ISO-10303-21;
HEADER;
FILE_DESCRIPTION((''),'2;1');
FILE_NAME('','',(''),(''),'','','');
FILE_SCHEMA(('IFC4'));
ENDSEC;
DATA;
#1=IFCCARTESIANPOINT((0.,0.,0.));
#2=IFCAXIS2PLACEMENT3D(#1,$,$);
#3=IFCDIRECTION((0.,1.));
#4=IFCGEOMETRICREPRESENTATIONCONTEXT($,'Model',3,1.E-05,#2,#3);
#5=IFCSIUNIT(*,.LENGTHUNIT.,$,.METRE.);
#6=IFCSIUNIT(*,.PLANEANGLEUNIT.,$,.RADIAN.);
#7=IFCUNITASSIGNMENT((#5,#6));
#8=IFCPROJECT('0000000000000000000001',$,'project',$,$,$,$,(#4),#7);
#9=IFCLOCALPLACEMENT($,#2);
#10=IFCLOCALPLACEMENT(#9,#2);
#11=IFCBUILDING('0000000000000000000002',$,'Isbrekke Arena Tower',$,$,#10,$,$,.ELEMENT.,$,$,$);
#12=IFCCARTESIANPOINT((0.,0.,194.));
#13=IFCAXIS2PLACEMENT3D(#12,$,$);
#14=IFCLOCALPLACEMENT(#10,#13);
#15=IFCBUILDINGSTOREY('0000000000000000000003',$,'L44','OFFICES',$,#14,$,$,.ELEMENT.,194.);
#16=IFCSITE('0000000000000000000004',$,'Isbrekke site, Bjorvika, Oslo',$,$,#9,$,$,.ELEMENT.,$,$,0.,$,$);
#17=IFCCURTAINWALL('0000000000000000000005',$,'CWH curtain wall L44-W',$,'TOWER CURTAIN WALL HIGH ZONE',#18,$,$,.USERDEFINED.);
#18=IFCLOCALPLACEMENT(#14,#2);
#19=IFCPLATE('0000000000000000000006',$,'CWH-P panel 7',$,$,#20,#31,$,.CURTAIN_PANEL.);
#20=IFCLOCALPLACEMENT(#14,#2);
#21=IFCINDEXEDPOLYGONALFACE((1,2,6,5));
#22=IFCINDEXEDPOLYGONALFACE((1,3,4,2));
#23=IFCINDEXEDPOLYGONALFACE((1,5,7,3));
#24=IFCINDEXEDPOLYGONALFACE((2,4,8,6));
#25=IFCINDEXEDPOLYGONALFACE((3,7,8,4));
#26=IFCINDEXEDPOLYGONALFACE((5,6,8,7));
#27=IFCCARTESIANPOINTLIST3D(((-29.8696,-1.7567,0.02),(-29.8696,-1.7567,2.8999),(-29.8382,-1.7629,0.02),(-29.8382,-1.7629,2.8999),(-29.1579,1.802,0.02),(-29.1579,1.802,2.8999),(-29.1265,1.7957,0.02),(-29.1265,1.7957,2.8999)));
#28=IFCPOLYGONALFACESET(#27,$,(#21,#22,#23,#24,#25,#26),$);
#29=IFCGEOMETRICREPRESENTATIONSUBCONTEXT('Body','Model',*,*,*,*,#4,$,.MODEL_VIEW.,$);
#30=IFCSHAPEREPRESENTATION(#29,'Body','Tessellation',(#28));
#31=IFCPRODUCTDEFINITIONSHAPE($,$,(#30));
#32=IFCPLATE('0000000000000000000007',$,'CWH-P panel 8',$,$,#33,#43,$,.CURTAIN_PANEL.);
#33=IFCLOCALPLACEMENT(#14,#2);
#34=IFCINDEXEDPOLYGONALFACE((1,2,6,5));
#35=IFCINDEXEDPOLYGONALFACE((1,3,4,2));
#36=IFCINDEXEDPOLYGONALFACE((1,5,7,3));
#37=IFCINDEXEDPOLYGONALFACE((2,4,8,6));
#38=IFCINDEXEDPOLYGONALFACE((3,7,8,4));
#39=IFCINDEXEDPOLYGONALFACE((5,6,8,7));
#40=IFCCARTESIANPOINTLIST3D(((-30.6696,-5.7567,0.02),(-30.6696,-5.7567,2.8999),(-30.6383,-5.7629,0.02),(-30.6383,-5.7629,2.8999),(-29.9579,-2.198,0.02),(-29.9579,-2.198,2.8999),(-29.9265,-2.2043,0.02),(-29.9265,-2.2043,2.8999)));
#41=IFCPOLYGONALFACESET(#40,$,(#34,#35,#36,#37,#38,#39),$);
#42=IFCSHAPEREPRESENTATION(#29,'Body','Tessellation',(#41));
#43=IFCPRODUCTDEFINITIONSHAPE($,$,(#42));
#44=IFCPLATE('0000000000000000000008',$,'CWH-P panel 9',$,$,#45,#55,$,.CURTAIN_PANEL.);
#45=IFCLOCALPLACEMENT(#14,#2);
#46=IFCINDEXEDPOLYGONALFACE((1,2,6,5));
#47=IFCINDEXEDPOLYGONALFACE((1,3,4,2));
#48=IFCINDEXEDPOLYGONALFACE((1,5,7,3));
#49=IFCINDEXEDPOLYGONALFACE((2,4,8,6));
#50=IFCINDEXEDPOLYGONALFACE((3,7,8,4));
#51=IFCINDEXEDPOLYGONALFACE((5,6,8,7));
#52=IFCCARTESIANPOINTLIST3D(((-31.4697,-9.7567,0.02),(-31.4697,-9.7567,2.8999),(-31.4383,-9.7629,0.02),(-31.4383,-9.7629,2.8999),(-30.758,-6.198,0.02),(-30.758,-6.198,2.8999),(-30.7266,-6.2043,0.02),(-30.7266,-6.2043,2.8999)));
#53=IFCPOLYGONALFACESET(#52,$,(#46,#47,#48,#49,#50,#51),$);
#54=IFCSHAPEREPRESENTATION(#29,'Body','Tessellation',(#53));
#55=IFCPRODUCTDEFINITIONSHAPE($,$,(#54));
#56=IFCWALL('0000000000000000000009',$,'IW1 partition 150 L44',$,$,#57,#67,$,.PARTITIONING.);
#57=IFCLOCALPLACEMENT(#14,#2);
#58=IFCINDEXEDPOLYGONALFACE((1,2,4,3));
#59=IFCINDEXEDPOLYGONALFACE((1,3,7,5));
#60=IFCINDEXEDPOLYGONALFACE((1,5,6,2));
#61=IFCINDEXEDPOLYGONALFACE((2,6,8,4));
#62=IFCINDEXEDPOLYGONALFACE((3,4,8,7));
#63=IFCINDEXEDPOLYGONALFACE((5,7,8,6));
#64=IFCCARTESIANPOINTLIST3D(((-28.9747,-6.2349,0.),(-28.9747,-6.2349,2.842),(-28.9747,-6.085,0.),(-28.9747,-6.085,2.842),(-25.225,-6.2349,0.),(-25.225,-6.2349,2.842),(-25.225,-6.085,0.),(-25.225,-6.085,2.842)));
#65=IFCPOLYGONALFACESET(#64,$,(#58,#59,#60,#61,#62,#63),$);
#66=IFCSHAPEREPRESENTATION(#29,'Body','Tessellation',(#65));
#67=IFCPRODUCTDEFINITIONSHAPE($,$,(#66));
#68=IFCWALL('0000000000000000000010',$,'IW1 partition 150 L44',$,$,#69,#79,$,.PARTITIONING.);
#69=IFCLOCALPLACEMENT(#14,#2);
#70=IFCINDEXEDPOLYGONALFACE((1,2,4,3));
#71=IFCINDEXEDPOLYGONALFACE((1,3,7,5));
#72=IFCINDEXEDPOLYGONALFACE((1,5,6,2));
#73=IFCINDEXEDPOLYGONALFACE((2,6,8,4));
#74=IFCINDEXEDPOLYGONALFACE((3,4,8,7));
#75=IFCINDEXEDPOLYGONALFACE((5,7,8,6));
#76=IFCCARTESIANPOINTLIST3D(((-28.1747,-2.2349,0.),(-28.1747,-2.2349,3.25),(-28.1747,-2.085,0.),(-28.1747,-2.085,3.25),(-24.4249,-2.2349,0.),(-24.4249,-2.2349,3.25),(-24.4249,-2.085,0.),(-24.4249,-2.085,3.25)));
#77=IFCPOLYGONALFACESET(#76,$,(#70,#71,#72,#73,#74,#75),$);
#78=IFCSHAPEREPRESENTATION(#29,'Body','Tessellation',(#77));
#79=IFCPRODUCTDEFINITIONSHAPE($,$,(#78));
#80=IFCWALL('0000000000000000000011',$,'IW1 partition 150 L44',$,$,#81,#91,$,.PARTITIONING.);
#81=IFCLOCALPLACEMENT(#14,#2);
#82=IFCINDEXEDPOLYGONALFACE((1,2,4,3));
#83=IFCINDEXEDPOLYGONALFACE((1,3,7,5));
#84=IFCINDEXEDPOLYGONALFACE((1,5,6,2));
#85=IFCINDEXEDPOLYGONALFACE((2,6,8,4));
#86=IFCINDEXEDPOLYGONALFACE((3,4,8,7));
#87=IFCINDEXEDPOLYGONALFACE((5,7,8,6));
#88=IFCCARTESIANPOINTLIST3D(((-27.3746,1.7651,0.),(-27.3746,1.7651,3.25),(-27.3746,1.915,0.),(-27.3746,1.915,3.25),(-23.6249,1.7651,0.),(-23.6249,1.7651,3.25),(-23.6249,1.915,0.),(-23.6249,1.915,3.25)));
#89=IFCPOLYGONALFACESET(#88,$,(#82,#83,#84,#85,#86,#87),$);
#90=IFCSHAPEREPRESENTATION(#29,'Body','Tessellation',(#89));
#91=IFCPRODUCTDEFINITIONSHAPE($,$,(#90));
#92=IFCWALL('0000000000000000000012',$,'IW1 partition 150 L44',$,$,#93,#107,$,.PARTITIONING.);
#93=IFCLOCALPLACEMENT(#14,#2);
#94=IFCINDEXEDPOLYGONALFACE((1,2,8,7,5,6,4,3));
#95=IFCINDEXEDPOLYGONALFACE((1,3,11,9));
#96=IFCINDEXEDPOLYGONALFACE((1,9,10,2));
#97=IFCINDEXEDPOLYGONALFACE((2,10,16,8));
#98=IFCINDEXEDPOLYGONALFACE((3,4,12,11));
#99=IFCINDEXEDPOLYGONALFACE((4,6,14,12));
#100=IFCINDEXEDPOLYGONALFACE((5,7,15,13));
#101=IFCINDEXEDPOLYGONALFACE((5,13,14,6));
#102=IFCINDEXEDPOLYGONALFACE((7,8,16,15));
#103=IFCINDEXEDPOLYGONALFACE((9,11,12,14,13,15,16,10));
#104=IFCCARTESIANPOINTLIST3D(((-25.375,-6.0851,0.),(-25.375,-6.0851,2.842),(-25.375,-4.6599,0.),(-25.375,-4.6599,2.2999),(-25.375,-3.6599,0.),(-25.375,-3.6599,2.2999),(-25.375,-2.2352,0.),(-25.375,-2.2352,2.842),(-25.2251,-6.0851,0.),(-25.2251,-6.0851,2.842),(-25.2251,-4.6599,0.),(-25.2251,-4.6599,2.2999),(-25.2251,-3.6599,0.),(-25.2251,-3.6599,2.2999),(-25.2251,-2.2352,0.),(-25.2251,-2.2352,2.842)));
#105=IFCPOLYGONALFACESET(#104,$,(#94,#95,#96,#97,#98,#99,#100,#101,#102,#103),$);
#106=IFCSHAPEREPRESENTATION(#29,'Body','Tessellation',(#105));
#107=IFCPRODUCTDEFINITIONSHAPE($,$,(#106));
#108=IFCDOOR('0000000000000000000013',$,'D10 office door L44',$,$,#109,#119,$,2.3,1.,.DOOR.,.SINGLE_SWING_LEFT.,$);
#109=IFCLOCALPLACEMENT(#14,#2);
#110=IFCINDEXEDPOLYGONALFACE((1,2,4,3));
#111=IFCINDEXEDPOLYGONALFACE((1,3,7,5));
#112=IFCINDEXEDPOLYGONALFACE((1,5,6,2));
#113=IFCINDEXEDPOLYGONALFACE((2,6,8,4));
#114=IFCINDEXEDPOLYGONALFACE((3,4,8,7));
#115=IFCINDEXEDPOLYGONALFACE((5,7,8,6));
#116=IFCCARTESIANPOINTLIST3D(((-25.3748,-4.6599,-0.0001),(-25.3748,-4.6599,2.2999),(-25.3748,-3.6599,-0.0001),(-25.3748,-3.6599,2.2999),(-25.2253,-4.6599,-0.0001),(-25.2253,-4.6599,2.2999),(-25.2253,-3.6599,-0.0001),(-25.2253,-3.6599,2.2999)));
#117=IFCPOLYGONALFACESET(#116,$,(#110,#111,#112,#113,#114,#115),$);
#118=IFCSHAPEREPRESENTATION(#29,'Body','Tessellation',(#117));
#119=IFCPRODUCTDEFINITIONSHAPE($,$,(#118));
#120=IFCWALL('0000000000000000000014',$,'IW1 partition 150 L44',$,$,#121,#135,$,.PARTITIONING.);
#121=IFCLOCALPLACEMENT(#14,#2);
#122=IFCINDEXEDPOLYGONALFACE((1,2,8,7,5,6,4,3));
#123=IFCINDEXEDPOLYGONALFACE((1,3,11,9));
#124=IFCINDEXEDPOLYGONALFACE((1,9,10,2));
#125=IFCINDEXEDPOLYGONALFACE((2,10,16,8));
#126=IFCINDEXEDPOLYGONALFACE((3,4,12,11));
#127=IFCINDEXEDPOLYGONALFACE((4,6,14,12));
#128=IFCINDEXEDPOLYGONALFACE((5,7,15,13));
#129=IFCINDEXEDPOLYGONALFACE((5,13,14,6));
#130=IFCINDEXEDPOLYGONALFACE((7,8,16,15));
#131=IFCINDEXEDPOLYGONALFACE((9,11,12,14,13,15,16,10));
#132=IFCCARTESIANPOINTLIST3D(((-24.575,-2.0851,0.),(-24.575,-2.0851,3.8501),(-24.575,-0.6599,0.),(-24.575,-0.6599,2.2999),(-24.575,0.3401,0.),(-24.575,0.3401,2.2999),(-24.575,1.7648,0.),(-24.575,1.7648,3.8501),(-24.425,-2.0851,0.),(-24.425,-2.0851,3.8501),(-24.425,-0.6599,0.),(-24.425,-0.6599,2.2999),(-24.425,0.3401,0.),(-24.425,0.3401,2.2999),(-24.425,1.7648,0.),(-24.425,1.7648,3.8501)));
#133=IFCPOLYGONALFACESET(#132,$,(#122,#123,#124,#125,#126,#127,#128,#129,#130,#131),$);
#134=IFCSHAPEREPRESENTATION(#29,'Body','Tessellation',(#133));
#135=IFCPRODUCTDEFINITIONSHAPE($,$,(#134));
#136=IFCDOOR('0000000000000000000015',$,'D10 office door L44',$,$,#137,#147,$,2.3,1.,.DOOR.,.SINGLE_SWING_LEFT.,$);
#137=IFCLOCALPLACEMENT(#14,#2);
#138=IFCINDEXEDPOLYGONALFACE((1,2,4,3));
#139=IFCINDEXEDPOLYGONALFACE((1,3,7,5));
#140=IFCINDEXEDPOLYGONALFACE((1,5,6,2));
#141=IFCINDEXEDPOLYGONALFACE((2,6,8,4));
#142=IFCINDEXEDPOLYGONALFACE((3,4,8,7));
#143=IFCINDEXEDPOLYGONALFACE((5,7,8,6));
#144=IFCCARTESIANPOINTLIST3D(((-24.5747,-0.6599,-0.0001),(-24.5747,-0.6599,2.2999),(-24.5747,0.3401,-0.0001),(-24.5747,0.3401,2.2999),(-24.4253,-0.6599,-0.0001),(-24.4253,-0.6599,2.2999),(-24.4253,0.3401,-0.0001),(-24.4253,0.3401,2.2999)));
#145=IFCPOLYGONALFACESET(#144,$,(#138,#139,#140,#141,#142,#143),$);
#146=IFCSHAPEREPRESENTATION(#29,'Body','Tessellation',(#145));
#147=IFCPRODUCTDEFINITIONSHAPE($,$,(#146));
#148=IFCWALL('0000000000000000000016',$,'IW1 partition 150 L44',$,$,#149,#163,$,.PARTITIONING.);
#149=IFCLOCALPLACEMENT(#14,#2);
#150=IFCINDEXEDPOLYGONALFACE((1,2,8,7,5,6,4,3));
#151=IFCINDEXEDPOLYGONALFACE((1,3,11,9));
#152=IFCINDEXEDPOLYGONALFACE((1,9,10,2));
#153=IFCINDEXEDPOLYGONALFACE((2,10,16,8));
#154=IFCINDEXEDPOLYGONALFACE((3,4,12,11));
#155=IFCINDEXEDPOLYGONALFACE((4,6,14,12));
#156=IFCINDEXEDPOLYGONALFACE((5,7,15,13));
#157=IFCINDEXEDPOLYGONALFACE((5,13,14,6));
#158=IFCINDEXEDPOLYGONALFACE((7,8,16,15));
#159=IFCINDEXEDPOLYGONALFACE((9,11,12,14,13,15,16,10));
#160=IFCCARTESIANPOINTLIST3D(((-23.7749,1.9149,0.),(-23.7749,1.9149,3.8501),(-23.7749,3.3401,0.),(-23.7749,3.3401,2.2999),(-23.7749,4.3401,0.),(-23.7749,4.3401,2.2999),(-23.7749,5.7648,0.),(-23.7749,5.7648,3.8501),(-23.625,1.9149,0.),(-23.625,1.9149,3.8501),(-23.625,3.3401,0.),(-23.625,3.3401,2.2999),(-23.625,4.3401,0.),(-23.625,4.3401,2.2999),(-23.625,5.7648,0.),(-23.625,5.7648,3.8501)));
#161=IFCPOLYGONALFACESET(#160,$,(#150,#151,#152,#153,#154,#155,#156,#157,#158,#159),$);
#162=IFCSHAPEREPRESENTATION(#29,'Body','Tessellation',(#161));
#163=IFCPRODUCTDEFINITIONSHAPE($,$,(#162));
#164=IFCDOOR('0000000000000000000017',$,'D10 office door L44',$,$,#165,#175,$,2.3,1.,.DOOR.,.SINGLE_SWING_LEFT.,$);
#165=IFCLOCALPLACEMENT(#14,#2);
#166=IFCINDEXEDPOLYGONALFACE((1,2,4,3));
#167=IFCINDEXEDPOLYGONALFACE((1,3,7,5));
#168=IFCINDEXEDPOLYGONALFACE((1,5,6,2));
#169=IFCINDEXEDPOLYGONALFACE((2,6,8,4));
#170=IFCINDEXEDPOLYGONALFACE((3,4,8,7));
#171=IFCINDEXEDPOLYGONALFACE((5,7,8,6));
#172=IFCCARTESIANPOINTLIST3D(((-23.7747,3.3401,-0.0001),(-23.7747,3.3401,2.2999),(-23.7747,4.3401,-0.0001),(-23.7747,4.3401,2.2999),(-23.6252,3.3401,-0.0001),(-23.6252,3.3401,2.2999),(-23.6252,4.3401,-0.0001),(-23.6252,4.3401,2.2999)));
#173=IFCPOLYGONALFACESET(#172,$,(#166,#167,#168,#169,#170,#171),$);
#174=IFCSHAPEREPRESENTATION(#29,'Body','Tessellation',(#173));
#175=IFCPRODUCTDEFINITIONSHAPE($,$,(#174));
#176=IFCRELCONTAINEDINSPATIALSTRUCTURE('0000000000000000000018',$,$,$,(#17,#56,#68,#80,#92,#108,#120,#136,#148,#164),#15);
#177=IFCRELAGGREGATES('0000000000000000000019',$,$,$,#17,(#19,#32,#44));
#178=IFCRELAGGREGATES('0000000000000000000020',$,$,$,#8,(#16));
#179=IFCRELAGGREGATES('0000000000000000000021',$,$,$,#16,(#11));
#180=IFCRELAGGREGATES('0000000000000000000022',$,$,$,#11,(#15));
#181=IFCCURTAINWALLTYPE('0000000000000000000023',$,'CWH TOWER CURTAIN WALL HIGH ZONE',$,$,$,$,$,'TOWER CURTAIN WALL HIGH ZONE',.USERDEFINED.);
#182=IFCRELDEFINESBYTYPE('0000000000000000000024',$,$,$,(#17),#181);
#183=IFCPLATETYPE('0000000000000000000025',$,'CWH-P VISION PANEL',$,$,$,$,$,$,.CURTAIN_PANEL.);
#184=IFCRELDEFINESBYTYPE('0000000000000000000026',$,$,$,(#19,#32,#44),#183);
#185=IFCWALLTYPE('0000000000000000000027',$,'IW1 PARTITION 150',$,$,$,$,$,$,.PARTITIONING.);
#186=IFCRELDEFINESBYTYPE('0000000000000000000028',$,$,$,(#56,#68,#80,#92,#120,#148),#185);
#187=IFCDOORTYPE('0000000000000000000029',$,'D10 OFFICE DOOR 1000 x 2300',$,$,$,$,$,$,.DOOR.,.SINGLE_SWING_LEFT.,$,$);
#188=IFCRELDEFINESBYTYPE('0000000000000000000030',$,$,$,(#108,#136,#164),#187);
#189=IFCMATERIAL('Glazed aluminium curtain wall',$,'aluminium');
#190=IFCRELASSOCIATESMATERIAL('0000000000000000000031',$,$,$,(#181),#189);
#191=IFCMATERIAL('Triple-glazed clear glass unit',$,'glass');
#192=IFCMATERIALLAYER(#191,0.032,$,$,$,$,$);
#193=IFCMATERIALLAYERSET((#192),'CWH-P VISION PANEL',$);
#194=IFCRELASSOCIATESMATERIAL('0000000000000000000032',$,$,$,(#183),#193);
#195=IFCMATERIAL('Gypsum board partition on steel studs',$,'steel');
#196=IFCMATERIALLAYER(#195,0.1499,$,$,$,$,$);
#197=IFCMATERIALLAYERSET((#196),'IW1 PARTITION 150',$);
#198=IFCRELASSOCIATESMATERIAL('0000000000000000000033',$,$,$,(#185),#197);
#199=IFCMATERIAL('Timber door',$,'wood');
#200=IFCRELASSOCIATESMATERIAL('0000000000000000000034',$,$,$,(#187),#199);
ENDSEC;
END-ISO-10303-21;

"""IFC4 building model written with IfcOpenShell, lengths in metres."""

from ifc_helpers import new_model, si_unit, direction, frame, frame_2d, origin, origin_2d, place, context, subcontext, project, spatial, rectangle, extrude, material, layer, layer_set, type_object, element, fill, aggregate, save


model = new_model("IFC4")

# Units and contexts
model_context = context("Model", 3, precision=1e-05, world=origin(), true_north=direction((0.0, 1.0)))
body_context = subcontext(model_context, "Body", "Model", "MODEL_VIEW")
ifc_project = project(units=[si_unit("LENGTHUNIT", "METRE"), si_unit("PLANEANGLEUNIT", "RADIAN")], contexts=[model_context])

# Site, building, storey
site_placement = place(None, origin())
site = spatial("IfcSite", under=ifc_project, at=site_placement, Name="Isbrekke site, Bjorvika, Oslo", CompositionType="ELEMENT", RefElevation=0.0)
building_placement = place(site_placement, origin())
building = spatial("IfcBuilding", under=site, at=building_placement, Name="Isbrekke Arena Tower", CompositionType="ELEMENT")
storey_placement = place(building_placement, frame((0.0, 0.0, 194.0)))
storey = spatial("IfcBuildingStorey", under=building, at=storey_placement, Name="L44", Description="OFFICES", CompositionType="ELEMENT", Elevation=194.0)

# Curtain wall
ifc_material_1 = material(Name="Glazed aluminium curtain wall", Category="aluminium")
curtain_wall_type = type_object("IfcCurtainWallType", Name="CWH TOWER CURTAIN WALL HIGH ZONE", ElementType="TOWER CURTAIN WALL HIGH ZONE", PredefinedType="USERDEFINED", material=ifc_material_1)
curtain_wall_placement = place(storey_placement, origin())
curtain_wall = element("IfcCurtainWall", 1, at=curtain_wall_placement, inside=storey, type_object=curtain_wall_type, Name="CWH curtain wall L44-W", ObjectType="TOWER CURTAIN WALL HIGH ZONE", PredefinedType="USERDEFINED")

# Plates
ifc_material_2 = material(Name="Triple-glazed clear glass unit", Category="glass")
ifc_layer_1 = layer(ifc_material_2, 0.032)
ifc_layer_set_1 = layer_set([ifc_layer_1], Name="CWH-P VISION PANEL")
plate_type = type_object("IfcPlateType", Name="CWH-P VISION PANEL", PredefinedType="CURTAIN_PANEL", material=ifc_layer_set_1)
plate_1_placement = place(storey_placement, frame((-29.498, 0.0195, 0.02), z_axis=(0.0, 0.0, 1.0), x_axis=(-0.196116, -0.980581, 0.0)))
plate_1 = element("IfcPlate", 2, at=plate_1_placement, type_object=plate_type, Name="CWH-P panel 7", PredefinedType="CURTAIN_PANEL", context=body_context, shape_type="SweptSolid", body=[
    extrude(rectangle(XDim=3.6292, YDim=0.032, at=origin_2d()), origin(), (0.0, 0.0, 1.0), 2.8799),
])
plate_2_placement = place(storey_placement, frame((-30.2981, -3.9805, 0.02), z_axis=(0.0, 0.0, 1.0), x_axis=(-0.196116, -0.980581, 0.0)))
plate_2 = element("IfcPlate", 3, at=plate_2_placement, type_object=plate_type, Name="CWH-P panel 8", PredefinedType="CURTAIN_PANEL", context=body_context, shape_type="SweptSolid", body=[
    extrude(rectangle(XDim=3.6292, YDim=0.032, at=origin_2d()), origin(), (0.0, 0.0, 1.0), 2.8799),
])
plate_3_placement = place(storey_placement, frame((-31.0981, -7.9805, 0.02), z_axis=(0.0, 0.0, 1.0), x_axis=(-0.196116, -0.980581, 0.0)))
plate_3 = element("IfcPlate", 4, at=plate_3_placement, type_object=plate_type, Name="CWH-P panel 9", PredefinedType="CURTAIN_PANEL", context=body_context, shape_type="SweptSolid", body=[
    extrude(rectangle(XDim=3.6292, YDim=0.032, at=origin_2d()), origin(), (0.0, 0.0, 1.0), 2.8799),
])
aggregate(curtain_wall, [plate_1, plate_2, plate_3])

# Walls
ifc_material_3 = material(Name="Gypsum board partition on steel studs", Category="steel")
ifc_layer_2 = layer(ifc_material_3, 0.1499)
ifc_layer_set_2 = layer_set([ifc_layer_2], Name="IW1 PARTITION 150")
wall_type = type_object("IfcWallType", Name="IW1 PARTITION 150", PredefinedType="PARTITIONING", material=ifc_layer_set_2)
wall_1_placement = place(storey_placement, frame((-28.9749, -6.1599, 0.0), z_axis=(0.0, 0.0, 1.0), x_axis=(1.0, 0.0, 0.0)))
element("IfcWall", 5, at=wall_1_placement, inside=storey, type_object=wall_type, Name="IW1 partition 150 L44", PredefinedType="PARTITIONING", context=body_context, shape_type="SweptSolid", body=[
    extrude(rectangle(XDim=3.7498, YDim=0.1499, at=frame_2d((1.875, 0.0))), origin(), (0.0, 0.0, 1.0), 2.842),
])
for number, where, z_axis, x_axis, name in (
    (6, (-28.1748, -2.1599, 0.0), (0.0, 0.0, 1.0), (1.0, 0.0, 0.0), "IW1 partition 150 L44"),
    (7, (-27.3748, 1.8401, 0.0), (0.0, 0.0, 1.0), (1.0, 0.0, 0.0), "IW1 partition 150 L44"),
):
    element("IfcWall", number, at=place(storey_placement, frame(where, z_axis=z_axis, x_axis=x_axis)), inside=storey, type_object=wall_type, Name=name, PredefinedType="PARTITIONING", context=body_context, shape_type="SweptSolid", body=[
        extrude(rectangle(XDim=3.7498, YDim=0.1499, at=frame_2d((1.875, 0.0))), origin(), (0.0, 0.0, 1.0), 3.25),
    ])

# Walls, openings, doors
wall_2_placement = place(storey_placement, frame((-25.3, -6.085, 0.0), z_axis=(0.0, 0.0, 1.0), x_axis=(0.0, 1.0, 0.0)))
wall_2 = element("IfcWall", 8, at=wall_2_placement, inside=storey, type_object=wall_type, Name="IW1 partition 150 L44", PredefinedType="PARTITIONING", context=body_context, shape_type="SweptSolid", body=[
    extrude(rectangle(XDim=3.8499, YDim=0.1499, at=frame_2d((1.9248, 0.0))), origin(), (0.0, 0.0, 1.0), 2.842),
])
opening_1_placement = place(wall_2_placement, frame((1.425, 0.0, 0.0)))
opening_1 = element("IfcOpeningElement", 9, at=opening_1_placement, cuts=wall_2, PredefinedType="OPENING", context=body_context, shape_type="SweptSolid", body=[
    extrude(rectangle(XDim=1.0, YDim=2.3, at=frame_2d((0.5, 1.1499))), frame((0.0, 0.0898, 0.0), z_axis=(0.0, -1.0, 0.0), x_axis=(1.0, 0.0, 0.0)), (0.0, 0.0, 1.0), 0.1797),
])
ifc_material_4 = material(Name="Timber door", Category="wood")
door_type = type_object("IfcDoorType", Name="D10 OFFICE DOOR 1000 x 2300", OperationType="SINGLE_SWING_LEFT", PredefinedType="DOOR", material=ifc_material_4)
door_1_placement = place(opening_1_placement, origin())
door_1 = element("IfcDoor", 10, at=door_1_placement, inside=storey, type_object=door_type, Name="D10 office door L44", OperationType="SINGLE_SWING_LEFT", OverallHeight=2.3, OverallWidth=1.0, PredefinedType="DOOR", context=body_context, shape_type="SweptSolid", body=[
    extrude(rectangle(XDim=1.0, YDim=2.3, at=frame_2d((0.5, 1.1499))), frame((0.0, 0.0747, 0.0), z_axis=(0.0, -1.0, 0.0), x_axis=(1.0, 0.0, 0.0)), (0.0, 0.0, 1.0), 0.1494),
])
fill(opening_1, door_1)
wall_3_placement = place(storey_placement, frame((-24.5, -2.085, 0.0), z_axis=(0.0, 0.0, 1.0), x_axis=(0.0, 1.0, 0.0)))
wall_3 = element("IfcWall", 11, at=wall_3_placement, inside=storey, type_object=wall_type, Name="IW1 partition 150 L44", PredefinedType="PARTITIONING", context=body_context, shape_type="SweptSolid", body=[
    extrude(rectangle(XDim=3.8499, YDim=0.1499, at=frame_2d((1.9248, 0.0))), origin(), (0.0, 0.0, 1.0), 3.8501),
])
opening_2_placement = place(wall_3_placement, frame((1.425, 0.0, 0.0)))
opening_2 = element("IfcOpeningElement", 12, at=opening_2_placement, cuts=wall_3, PredefinedType="OPENING", context=body_context, shape_type="SweptSolid", body=[
    extrude(rectangle(XDim=1.0, YDim=2.3, at=frame_2d((0.5, 1.1499))), frame((0.0, 0.0898, 0.0), z_axis=(0.0, -1.0, 0.0), x_axis=(1.0, 0.0, 0.0)), (0.0, 0.0, 1.0), 0.1797),
])
door_2_placement = place(opening_2_placement, origin())
door_2 = element("IfcDoor", 13, at=door_2_placement, inside=storey, type_object=door_type, Name="D10 office door L44", OperationType="SINGLE_SWING_LEFT", OverallHeight=2.3, OverallWidth=1.0, PredefinedType="DOOR", context=body_context, shape_type="SweptSolid", body=[
    extrude(rectangle(XDim=1.0, YDim=2.3, at=frame_2d((0.5, 1.1499))), frame((0.0, 0.0747, 0.0), z_axis=(0.0, -1.0, 0.0), x_axis=(1.0, 0.0, 0.0)), (0.0, 0.0, 1.0), 0.1494),
])
fill(opening_2, door_2)
wall_4_placement = place(storey_placement, frame((-23.7, 1.915, 0.0), z_axis=(0.0, 0.0, 1.0), x_axis=(0.0, 1.0, 0.0)))
wall_4 = element("IfcWall", 14, at=wall_4_placement, inside=storey, type_object=wall_type, Name="IW1 partition 150 L44", PredefinedType="PARTITIONING", context=body_context, shape_type="SweptSolid", body=[
    extrude(rectangle(XDim=3.8499, YDim=0.1499, at=frame_2d((1.9248, 0.0))), origin(), (0.0, 0.0, 1.0), 3.8501),
])
opening_3_placement = place(wall_4_placement, frame((1.425, 0.0, 0.0)))
opening_3 = element("IfcOpeningElement", 15, at=opening_3_placement, cuts=wall_4, PredefinedType="OPENING", context=body_context, shape_type="SweptSolid", body=[
    extrude(rectangle(XDim=1.0, YDim=2.3, at=frame_2d((0.5, 1.1499))), frame((0.0, 0.0898, 0.0), z_axis=(0.0, -1.0, 0.0), x_axis=(1.0, 0.0, 0.0)), (0.0, 0.0, 1.0), 0.1797),
])
door_3_placement = place(opening_3_placement, origin())
door_3 = element("IfcDoor", 16, at=door_3_placement, inside=storey, type_object=door_type, Name="D10 office door L44", OperationType="SINGLE_SWING_LEFT", OverallHeight=2.3, OverallWidth=1.0, PredefinedType="DOOR", context=body_context, shape_type="SweptSolid", body=[
    extrude(rectangle(XDim=1.0, YDim=2.3, at=frame_2d((0.5, 1.1499))), frame((0.0, 0.0747, 0.0), z_axis=(0.0, -1.0, 0.0), x_axis=(1.0, 0.0, 0.0)), (0.0, 0.0, 1.0), 0.1494),
])
fill(opening_3, door_3)

save(model, "model.ifc")
